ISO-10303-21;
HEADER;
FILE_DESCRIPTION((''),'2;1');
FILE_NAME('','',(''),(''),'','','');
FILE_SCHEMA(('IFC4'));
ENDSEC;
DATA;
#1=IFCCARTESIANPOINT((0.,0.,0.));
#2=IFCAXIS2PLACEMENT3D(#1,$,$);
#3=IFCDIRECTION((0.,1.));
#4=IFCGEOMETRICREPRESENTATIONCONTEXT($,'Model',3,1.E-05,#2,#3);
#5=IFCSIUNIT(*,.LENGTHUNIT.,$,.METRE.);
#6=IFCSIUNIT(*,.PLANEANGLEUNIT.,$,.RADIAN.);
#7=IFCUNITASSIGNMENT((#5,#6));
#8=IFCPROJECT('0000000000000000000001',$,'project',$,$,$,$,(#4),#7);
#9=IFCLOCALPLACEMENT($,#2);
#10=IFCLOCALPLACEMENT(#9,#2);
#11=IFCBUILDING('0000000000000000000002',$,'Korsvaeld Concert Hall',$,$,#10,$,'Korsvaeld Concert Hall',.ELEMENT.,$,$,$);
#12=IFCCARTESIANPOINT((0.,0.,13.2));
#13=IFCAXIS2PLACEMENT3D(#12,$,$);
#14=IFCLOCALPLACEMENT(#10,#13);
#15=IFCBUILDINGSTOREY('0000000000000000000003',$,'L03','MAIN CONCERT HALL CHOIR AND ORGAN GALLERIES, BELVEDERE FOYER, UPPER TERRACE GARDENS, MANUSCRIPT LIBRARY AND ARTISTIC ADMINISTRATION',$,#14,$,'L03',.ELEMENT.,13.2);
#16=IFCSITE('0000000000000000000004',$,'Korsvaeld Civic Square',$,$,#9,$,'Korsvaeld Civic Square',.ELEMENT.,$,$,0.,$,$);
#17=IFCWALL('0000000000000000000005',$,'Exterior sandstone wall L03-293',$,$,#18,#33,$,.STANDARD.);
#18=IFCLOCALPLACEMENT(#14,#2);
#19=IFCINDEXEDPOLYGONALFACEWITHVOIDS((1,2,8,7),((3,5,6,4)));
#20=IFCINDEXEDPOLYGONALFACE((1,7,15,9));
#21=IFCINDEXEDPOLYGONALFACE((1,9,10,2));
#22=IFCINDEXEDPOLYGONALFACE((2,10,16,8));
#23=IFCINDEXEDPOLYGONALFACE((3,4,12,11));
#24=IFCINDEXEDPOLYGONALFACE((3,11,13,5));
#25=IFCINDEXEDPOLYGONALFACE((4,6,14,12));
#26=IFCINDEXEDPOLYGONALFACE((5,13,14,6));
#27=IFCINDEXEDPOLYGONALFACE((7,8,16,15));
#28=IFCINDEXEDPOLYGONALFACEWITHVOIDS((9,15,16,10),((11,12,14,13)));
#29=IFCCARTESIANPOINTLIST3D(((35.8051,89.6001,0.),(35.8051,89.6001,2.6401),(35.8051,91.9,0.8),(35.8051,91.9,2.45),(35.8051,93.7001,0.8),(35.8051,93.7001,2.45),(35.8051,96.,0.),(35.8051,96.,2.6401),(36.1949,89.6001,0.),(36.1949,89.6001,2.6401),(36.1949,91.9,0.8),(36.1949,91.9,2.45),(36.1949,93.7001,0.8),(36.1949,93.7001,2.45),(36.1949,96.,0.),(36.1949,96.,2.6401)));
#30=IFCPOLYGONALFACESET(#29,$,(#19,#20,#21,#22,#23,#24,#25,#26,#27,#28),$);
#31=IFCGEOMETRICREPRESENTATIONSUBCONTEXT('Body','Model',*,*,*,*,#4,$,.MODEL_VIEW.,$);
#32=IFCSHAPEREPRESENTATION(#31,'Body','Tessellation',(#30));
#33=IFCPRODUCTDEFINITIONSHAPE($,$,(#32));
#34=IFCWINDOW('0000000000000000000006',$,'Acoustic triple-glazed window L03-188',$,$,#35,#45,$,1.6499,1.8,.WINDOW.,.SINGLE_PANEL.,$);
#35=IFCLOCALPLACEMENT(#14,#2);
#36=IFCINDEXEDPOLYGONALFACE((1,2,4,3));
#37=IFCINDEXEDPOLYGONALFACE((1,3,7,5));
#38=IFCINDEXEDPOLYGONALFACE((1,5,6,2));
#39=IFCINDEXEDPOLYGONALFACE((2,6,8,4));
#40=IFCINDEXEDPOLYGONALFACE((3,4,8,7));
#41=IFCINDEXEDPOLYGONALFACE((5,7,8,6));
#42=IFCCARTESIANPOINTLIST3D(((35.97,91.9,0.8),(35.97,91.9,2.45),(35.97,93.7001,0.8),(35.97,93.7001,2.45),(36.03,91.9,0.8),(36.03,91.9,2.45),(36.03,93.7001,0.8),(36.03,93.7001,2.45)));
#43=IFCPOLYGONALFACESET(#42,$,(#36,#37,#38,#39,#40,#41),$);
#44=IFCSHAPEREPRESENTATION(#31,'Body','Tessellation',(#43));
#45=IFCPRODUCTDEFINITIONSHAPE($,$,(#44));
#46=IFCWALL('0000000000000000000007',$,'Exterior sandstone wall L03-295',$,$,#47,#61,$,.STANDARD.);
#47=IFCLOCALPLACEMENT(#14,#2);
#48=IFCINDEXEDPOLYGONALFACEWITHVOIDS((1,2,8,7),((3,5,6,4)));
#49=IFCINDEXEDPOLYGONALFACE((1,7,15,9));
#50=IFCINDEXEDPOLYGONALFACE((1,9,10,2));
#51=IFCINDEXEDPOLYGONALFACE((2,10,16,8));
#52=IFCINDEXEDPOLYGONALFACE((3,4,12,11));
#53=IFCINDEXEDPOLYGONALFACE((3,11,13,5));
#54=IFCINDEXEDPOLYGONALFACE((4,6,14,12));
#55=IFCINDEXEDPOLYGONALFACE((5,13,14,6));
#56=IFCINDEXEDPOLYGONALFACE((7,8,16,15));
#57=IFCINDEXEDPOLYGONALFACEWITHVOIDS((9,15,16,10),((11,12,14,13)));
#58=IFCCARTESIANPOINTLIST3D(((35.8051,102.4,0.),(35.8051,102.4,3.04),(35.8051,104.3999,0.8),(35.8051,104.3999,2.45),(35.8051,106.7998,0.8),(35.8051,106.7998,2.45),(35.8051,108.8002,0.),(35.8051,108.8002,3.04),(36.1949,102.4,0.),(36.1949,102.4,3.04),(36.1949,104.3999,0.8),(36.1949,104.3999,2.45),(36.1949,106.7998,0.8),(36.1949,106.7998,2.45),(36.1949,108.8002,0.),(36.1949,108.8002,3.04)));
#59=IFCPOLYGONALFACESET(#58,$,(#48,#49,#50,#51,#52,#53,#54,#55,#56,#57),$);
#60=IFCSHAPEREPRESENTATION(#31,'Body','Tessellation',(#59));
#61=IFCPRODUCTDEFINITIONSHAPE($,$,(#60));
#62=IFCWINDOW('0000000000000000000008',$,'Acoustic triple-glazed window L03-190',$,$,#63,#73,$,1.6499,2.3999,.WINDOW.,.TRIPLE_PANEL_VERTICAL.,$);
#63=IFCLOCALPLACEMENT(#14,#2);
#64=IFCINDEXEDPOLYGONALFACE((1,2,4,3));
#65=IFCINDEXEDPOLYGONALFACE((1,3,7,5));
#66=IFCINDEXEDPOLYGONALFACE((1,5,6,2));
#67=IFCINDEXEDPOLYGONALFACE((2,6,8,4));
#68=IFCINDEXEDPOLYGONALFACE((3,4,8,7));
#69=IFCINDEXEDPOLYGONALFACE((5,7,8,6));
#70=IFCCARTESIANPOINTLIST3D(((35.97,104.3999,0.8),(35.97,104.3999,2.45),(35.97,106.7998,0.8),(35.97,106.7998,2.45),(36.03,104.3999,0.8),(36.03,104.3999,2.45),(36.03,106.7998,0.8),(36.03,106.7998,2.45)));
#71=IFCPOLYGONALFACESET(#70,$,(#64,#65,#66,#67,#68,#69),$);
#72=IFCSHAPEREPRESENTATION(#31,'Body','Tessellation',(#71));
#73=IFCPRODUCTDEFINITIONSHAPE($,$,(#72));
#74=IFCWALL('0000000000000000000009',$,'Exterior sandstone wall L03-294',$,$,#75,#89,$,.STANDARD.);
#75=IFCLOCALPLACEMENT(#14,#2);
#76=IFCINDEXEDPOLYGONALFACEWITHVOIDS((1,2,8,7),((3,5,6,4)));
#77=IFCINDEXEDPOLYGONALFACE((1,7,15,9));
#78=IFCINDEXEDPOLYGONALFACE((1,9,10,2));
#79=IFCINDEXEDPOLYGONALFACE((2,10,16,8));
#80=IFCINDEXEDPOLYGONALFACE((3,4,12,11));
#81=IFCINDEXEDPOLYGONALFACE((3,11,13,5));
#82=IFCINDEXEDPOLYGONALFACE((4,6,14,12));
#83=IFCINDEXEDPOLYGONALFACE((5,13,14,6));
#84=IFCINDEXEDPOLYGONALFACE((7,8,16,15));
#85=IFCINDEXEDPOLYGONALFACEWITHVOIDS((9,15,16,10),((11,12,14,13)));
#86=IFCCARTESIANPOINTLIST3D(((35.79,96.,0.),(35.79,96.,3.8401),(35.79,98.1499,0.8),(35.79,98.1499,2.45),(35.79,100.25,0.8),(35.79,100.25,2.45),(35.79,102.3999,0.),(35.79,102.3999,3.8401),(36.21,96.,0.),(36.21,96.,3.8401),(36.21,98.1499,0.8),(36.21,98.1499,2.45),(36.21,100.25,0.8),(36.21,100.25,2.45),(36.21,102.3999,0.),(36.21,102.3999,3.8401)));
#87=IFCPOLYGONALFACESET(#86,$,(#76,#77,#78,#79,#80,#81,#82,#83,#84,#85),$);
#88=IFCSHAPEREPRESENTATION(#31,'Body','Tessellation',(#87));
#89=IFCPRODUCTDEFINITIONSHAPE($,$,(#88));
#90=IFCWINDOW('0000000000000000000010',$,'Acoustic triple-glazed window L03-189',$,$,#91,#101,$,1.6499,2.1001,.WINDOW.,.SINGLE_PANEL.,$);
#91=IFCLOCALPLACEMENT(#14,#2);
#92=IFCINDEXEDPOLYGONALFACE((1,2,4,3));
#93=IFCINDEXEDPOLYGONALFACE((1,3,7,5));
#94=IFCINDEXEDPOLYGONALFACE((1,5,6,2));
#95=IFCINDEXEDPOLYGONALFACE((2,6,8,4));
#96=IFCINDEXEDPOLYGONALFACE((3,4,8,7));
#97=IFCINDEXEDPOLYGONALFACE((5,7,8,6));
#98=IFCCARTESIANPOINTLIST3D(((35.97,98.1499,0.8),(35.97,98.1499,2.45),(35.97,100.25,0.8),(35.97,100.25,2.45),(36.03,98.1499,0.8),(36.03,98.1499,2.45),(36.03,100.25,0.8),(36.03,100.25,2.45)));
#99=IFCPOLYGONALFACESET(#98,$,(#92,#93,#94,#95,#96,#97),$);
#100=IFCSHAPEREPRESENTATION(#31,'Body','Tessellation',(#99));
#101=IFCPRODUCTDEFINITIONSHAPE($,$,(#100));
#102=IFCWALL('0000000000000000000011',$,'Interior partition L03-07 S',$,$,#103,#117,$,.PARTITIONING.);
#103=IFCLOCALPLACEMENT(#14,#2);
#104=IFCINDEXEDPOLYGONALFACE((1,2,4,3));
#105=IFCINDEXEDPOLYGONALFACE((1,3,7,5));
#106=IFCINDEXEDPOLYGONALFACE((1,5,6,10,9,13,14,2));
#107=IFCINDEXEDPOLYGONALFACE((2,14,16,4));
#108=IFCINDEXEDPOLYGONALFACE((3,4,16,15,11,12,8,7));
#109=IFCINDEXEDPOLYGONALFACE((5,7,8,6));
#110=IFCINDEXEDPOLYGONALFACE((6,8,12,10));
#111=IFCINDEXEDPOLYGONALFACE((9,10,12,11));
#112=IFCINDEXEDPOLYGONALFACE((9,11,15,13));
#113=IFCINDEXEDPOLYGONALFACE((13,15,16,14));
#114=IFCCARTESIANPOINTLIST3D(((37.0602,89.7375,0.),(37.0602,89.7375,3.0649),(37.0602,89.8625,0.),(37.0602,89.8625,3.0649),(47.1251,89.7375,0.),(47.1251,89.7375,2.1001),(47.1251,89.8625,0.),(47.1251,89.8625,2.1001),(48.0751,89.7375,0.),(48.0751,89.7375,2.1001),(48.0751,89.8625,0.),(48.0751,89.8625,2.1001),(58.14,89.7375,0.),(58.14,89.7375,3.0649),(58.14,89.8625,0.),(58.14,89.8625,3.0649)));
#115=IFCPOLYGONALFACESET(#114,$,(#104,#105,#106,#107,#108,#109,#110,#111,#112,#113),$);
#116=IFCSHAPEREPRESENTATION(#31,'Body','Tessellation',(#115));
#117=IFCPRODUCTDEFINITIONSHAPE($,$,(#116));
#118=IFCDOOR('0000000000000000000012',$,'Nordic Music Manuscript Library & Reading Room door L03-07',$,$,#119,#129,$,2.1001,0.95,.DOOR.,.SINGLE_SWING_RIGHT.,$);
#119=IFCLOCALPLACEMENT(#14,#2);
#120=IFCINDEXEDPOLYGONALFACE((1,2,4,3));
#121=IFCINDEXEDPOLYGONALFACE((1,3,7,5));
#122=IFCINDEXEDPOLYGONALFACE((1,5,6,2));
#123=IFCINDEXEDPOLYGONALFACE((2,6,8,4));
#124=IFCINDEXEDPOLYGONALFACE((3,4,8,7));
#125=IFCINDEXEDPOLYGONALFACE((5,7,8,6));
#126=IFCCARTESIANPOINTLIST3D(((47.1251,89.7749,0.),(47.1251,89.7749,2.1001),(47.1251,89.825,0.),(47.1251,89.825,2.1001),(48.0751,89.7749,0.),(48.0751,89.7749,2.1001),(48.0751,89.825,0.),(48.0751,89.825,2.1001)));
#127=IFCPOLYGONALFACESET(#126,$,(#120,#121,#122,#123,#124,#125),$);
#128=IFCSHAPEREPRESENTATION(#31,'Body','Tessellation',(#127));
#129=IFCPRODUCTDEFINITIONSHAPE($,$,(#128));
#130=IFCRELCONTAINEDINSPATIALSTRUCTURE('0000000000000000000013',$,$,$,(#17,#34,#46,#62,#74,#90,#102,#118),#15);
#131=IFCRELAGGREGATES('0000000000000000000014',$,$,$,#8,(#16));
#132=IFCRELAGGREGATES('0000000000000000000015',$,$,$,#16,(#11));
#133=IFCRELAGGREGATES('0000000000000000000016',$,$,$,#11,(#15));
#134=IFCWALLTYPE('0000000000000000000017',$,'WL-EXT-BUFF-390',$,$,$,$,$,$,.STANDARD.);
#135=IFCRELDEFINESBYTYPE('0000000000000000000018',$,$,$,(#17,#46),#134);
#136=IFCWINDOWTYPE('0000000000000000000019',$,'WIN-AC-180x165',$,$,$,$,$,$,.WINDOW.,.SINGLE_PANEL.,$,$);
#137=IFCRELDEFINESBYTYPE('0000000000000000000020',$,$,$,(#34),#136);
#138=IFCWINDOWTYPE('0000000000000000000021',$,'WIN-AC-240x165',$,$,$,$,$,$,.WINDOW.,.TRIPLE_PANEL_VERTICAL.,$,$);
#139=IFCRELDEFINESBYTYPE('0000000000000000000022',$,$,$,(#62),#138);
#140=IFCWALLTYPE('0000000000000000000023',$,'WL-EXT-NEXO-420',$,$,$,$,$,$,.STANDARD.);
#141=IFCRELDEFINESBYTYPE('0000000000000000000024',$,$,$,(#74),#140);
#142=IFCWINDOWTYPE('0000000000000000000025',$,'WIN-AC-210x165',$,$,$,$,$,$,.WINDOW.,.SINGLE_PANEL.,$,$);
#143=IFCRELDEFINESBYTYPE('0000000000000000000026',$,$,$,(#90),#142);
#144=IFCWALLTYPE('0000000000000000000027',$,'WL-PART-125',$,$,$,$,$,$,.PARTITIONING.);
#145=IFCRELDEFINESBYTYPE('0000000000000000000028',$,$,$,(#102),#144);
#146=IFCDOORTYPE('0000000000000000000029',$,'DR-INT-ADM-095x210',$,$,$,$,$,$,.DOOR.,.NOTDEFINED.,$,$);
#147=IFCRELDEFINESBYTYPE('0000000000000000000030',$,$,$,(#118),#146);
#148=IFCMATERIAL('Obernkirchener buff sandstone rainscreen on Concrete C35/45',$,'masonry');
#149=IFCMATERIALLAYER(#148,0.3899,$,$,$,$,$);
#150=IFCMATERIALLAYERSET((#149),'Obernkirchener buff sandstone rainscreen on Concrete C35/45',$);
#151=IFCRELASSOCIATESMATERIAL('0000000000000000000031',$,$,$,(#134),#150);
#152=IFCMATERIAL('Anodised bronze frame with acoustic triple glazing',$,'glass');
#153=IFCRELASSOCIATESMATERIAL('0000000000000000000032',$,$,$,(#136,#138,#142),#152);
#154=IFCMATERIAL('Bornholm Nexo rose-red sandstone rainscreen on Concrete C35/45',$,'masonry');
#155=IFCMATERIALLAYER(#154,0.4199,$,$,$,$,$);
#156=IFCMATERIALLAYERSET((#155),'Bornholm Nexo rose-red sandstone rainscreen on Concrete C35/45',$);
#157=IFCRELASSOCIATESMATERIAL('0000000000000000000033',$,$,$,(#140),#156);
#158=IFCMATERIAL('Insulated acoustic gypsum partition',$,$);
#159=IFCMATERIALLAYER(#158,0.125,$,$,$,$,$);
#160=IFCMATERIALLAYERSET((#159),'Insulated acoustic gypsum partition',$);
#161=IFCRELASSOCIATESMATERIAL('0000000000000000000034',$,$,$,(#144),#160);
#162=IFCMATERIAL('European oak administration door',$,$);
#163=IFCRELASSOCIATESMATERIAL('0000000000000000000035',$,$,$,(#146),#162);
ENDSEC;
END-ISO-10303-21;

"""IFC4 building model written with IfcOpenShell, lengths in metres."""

from ifc_helpers import new_model, si_unit, direction, frame, frame_2d, origin, place, context, subcontext, project, spatial, rectangle, extrude, material, layer, layer_set, type_object, element, fill, save


model = new_model("IFC4")

# Units and contexts
model_context = context("Model", 3, precision=1e-05, world=origin(), true_north=direction((0.0, 1.0)))
body_context = subcontext(model_context, "Body", "Model", "MODEL_VIEW")
ifc_project = project(units=[si_unit("LENGTHUNIT", "METRE"), si_unit("PLANEANGLEUNIT", "RADIAN")], contexts=[model_context])

# Site, building, storey
site_placement = place(None, origin())
site = spatial("IfcSite", under=ifc_project, at=site_placement, Name="Korsvaeld Civic Square", LongName="Korsvaeld Civic Square", CompositionType="ELEMENT", RefElevation=0.0)
building_placement = place(site_placement, origin())
building = spatial("IfcBuilding", under=site, at=building_placement, Name="Korsvaeld Concert Hall", LongName="Korsvaeld Concert Hall", CompositionType="ELEMENT")
storey_placement = place(building_placement, frame((0.0, 0.0, 13.2)))
storey = spatial("IfcBuildingStorey", under=building, at=storey_placement, Name="L03", Description="MAIN CONCERT HALL CHOIR AND ORGAN GALLERIES, BELVEDERE FOYER, UPPER TERRACE GARDENS, MANUSCRIPT LIBRARY AND ARTISTIC ADMINISTRATION", LongName="L03", CompositionType="ELEMENT", Elevation=13.2)

# Walls, openings, windows
ifc_material_1 = material(Name="Obernkirchener buff sandstone rainscreen on Concrete C35/45", Category="masonry")
ifc_layer_1 = layer(ifc_material_1, 0.3899)
ifc_layer_set_1 = layer_set([ifc_layer_1], Name="Obernkirchener buff sandstone rainscreen on Concrete C35/45")
wall_type_1 = type_object("IfcWallType", Name="WL-EXT-BUFF-390", PredefinedType="STANDARD", material=ifc_layer_set_1)
wall_1_placement = place(storey_placement, frame((36.0, 89.6001, 0.0), z_axis=(0.0, 0.0, 1.0), x_axis=(0.0, 1.0, 0.0)))
wall_1 = element("IfcWall", 1, at=wall_1_placement, inside=storey, type_object=wall_type_1, Name="Exterior sandstone wall L03-293", PredefinedType="STANDARD", context=body_context, shape_type="SweptSolid", body=[
    extrude(rectangle(XDim=6.3999, YDim=0.3899, at=frame_2d((3.2, 0.0))), origin(), (0.0, 0.0, 1.0), 2.6401),
])
opening_1_placement = place(wall_1_placement, frame((2.3, 0.0, 0.8)))
opening_1 = element("IfcOpeningElement", 2, at=opening_1_placement, cuts=wall_1, PredefinedType="OPENING", context=body_context, shape_type="SweptSolid", body=[
    extrude(rectangle(XDim=1.8, YDim=1.6499, at=frame_2d((0.8999, 0.825))), frame((0.0, 0.2051, 0.0), z_axis=(0.0, -1.0, 0.0), x_axis=(1.0, 0.0, 0.0)), (0.0, 0.0, 1.0), 0.4099),
])
ifc_material_2 = material(Name="Anodised bronze frame with acoustic triple glazing", Category="glass")
window_type_1 = type_object("IfcWindowType", Name="WIN-AC-180x165", PartitioningType="SINGLE_PANEL", PredefinedType="WINDOW", material=ifc_material_2)
window_1_placement = place(opening_1_placement, origin())
window_1 = element("IfcWindow", 3, at=window_1_placement, inside=storey, type_object=window_type_1, Name="Acoustic triple-glazed window L03-188", OverallHeight=1.6499, OverallWidth=1.8, PartitioningType="SINGLE_PANEL", PredefinedType="WINDOW", context=body_context, shape_type="SweptSolid", body=[
    extrude(rectangle(XDim=1.8, YDim=1.6499, at=frame_2d((0.8999, 0.825))), frame((0.0, 0.03, 0.0), z_axis=(0.0, -1.0, 0.0), x_axis=(1.0, 0.0, 0.0)), (0.0, 0.0, 1.0), 0.0601),
])
fill(opening_1, window_1)
wall_2_placement = place(storey_placement, frame((36.0, 102.3999, 0.0), z_axis=(0.0, 0.0, 1.0), x_axis=(0.0, 1.0, 0.0)))
wall_2 = element("IfcWall", 4, at=wall_2_placement, inside=storey, type_object=wall_type_1, Name="Exterior sandstone wall L03-295", PredefinedType="STANDARD", context=body_context, shape_type="SweptSolid", body=[
    extrude(rectangle(XDim=6.4001, YDim=0.3899, at=frame_2d((3.2002, 0.0))), origin(), (0.0, 0.0, 1.0), 3.04),
])
opening_2_placement = place(wall_2_placement, frame((2.0, 0.0, 0.8)))
opening_2 = element("IfcOpeningElement", 5, at=opening_2_placement, cuts=wall_2, PredefinedType="OPENING", context=body_context, shape_type="SweptSolid", body=[
    extrude(rectangle(XDim=2.3999, YDim=1.6499, at=frame_2d((1.2, 0.825))), frame((0.0, 0.2051, 0.0), z_axis=(0.0, -1.0, 0.0), x_axis=(1.0, 0.0, 0.0)), (0.0, 0.0, 1.0), 0.4099),
])
window_type_2 = type_object("IfcWindowType", Name="WIN-AC-240x165", PartitioningType="TRIPLE_PANEL_VERTICAL", PredefinedType="WINDOW", material=ifc_material_2)
window_2_placement = place(opening_2_placement, origin())
window_2 = element("IfcWindow", 6, at=window_2_placement, inside=storey, type_object=window_type_2, Name="Acoustic triple-glazed window L03-190", OverallHeight=1.6499, OverallWidth=2.3999, PartitioningType="TRIPLE_PANEL_VERTICAL", PredefinedType="WINDOW", context=body_context, shape_type="SweptSolid", body=[
    extrude(rectangle(XDim=2.3999, YDim=1.6499, at=frame_2d((1.2, 0.825))), frame((0.0, 0.03, 0.0), z_axis=(0.0, -1.0, 0.0), x_axis=(1.0, 0.0, 0.0)), (0.0, 0.0, 1.0), 0.0601),
])
fill(opening_2, window_2)
ifc_material_3 = material(Name="Bornholm Nexo rose-red sandstone rainscreen on Concrete C35/45", Category="masonry")
ifc_layer_2 = layer(ifc_material_3, 0.4199)
ifc_layer_set_2 = layer_set([ifc_layer_2], Name="Bornholm Nexo rose-red sandstone rainscreen on Concrete C35/45")
wall_type_2 = type_object("IfcWallType", Name="WL-EXT-NEXO-420", PredefinedType="STANDARD", material=ifc_layer_set_2)
wall_3_placement = place(storey_placement, frame((36.0, 96.0, 0.0), z_axis=(0.0, 0.0, 1.0), x_axis=(0.0, 1.0, 0.0)))
wall_3 = element("IfcWall", 7, at=wall_3_placement, inside=storey, type_object=wall_type_2, Name="Exterior sandstone wall L03-294", PredefinedType="STANDARD", context=body_context, shape_type="SweptSolid", body=[
    extrude(rectangle(XDim=6.3999, YDim=0.4199, at=frame_2d((3.2, 0.0))), origin(), (0.0, 0.0, 1.0), 3.8401),
])
opening_3_placement = place(wall_3_placement, frame((2.1499, 0.0, 0.8)))
opening_3 = element("IfcOpeningElement", 8, at=opening_3_placement, cuts=wall_3, PredefinedType="OPENING", context=body_context, shape_type="SweptSolid", body=[
    extrude(rectangle(XDim=2.1001, YDim=1.6499, at=frame_2d((1.05, 0.825))), frame((0.0, 0.22, 0.0), z_axis=(0.0, -1.0, 0.0), x_axis=(1.0, 0.0, 0.0)), (0.0, 0.0, 1.0), 0.4399),
])
window_type_3 = type_object("IfcWindowType", Name="WIN-AC-210x165", PartitioningType="SINGLE_PANEL", PredefinedType="WINDOW", material=ifc_material_2)
window_3_placement = place(opening_3_placement, origin())
window_3 = element("IfcWindow", 9, at=window_3_placement, inside=storey, type_object=window_type_3, Name="Acoustic triple-glazed window L03-189", OverallHeight=1.6499, OverallWidth=2.1001, PartitioningType="SINGLE_PANEL", PredefinedType="WINDOW", context=body_context, shape_type="SweptSolid", body=[
    extrude(rectangle(XDim=2.1001, YDim=1.6499, at=frame_2d((1.05, 0.825))), frame((0.0, 0.03, 0.0), z_axis=(0.0, -1.0, 0.0), x_axis=(1.0, 0.0, 0.0)), (0.0, 0.0, 1.0), 0.0601),
])
fill(opening_3, window_3)

# Wall, opening, door
ifc_material_4 = material(Name="Insulated acoustic gypsum partition")
ifc_layer_3 = layer(ifc_material_4, 0.125)
ifc_layer_set_3 = layer_set([ifc_layer_3], Name="Insulated acoustic gypsum partition")
wall_type_3 = type_object("IfcWallType", Name="WL-PART-125", PredefinedType="PARTITIONING", material=ifc_layer_set_3)
wall_4_placement = place(storey_placement, frame((37.0601, 89.8, 0.0), z_axis=(0.0, 0.0, 1.0), x_axis=(1.0, 0.0, 0.0)))
wall_4 = element("IfcWall", 10, at=wall_4_placement, inside=storey, type_object=wall_type_3, Name="Interior partition L03-07 S", PredefinedType="PARTITIONING", context=body_context, shape_type="SweptSolid", body=[
    extrude(rectangle(XDim=21.0798, YDim=0.125, at=frame_2d((10.54, 0.0))), origin(), (0.0, 0.0, 1.0), 3.0649),
])
opening_4_placement = place(wall_4_placement, frame((10.0649, 0.0, 0.0)))
opening_4 = element("IfcOpeningElement", 11, at=opening_4_placement, cuts=wall_4, PredefinedType="OPENING", context=body_context, shape_type="SweptSolid", body=[
    extrude(rectangle(XDim=0.95, YDim=2.1001, at=frame_2d((0.4751, 1.05))), frame((0.0, 0.0725, 0.0), z_axis=(0.0, -1.0, 0.0), x_axis=(1.0, 0.0, 0.0)), (0.0, 0.0, 1.0), 0.145),
])
ifc_material_5 = material(Name="European oak administration door")
door_type = type_object("IfcDoorType", Name="DR-INT-ADM-095x210", OperationType="NOTDEFINED", PredefinedType="DOOR", material=ifc_material_5)
door_placement = place(opening_4_placement, origin())
door = element("IfcDoor", 12, at=door_placement, inside=storey, type_object=door_type, Name="Nordic Music Manuscript Library & Reading Room door L03-07", OperationType="SINGLE_SWING_RIGHT", OverallHeight=2.1001, OverallWidth=0.95, PredefinedType="DOOR", context=body_context, shape_type="SweptSolid", body=[
    extrude(rectangle(XDim=0.95, YDim=2.1001, at=frame_2d((0.4751, 1.05))), frame((0.0, 0.0249, 0.0), z_axis=(0.0, -1.0, 0.0), x_axis=(1.0, 0.0, 0.0)), (0.0, 0.0, 1.0), 0.05),
])
fill(opening_4, door)

save(model, "model.ifc")
